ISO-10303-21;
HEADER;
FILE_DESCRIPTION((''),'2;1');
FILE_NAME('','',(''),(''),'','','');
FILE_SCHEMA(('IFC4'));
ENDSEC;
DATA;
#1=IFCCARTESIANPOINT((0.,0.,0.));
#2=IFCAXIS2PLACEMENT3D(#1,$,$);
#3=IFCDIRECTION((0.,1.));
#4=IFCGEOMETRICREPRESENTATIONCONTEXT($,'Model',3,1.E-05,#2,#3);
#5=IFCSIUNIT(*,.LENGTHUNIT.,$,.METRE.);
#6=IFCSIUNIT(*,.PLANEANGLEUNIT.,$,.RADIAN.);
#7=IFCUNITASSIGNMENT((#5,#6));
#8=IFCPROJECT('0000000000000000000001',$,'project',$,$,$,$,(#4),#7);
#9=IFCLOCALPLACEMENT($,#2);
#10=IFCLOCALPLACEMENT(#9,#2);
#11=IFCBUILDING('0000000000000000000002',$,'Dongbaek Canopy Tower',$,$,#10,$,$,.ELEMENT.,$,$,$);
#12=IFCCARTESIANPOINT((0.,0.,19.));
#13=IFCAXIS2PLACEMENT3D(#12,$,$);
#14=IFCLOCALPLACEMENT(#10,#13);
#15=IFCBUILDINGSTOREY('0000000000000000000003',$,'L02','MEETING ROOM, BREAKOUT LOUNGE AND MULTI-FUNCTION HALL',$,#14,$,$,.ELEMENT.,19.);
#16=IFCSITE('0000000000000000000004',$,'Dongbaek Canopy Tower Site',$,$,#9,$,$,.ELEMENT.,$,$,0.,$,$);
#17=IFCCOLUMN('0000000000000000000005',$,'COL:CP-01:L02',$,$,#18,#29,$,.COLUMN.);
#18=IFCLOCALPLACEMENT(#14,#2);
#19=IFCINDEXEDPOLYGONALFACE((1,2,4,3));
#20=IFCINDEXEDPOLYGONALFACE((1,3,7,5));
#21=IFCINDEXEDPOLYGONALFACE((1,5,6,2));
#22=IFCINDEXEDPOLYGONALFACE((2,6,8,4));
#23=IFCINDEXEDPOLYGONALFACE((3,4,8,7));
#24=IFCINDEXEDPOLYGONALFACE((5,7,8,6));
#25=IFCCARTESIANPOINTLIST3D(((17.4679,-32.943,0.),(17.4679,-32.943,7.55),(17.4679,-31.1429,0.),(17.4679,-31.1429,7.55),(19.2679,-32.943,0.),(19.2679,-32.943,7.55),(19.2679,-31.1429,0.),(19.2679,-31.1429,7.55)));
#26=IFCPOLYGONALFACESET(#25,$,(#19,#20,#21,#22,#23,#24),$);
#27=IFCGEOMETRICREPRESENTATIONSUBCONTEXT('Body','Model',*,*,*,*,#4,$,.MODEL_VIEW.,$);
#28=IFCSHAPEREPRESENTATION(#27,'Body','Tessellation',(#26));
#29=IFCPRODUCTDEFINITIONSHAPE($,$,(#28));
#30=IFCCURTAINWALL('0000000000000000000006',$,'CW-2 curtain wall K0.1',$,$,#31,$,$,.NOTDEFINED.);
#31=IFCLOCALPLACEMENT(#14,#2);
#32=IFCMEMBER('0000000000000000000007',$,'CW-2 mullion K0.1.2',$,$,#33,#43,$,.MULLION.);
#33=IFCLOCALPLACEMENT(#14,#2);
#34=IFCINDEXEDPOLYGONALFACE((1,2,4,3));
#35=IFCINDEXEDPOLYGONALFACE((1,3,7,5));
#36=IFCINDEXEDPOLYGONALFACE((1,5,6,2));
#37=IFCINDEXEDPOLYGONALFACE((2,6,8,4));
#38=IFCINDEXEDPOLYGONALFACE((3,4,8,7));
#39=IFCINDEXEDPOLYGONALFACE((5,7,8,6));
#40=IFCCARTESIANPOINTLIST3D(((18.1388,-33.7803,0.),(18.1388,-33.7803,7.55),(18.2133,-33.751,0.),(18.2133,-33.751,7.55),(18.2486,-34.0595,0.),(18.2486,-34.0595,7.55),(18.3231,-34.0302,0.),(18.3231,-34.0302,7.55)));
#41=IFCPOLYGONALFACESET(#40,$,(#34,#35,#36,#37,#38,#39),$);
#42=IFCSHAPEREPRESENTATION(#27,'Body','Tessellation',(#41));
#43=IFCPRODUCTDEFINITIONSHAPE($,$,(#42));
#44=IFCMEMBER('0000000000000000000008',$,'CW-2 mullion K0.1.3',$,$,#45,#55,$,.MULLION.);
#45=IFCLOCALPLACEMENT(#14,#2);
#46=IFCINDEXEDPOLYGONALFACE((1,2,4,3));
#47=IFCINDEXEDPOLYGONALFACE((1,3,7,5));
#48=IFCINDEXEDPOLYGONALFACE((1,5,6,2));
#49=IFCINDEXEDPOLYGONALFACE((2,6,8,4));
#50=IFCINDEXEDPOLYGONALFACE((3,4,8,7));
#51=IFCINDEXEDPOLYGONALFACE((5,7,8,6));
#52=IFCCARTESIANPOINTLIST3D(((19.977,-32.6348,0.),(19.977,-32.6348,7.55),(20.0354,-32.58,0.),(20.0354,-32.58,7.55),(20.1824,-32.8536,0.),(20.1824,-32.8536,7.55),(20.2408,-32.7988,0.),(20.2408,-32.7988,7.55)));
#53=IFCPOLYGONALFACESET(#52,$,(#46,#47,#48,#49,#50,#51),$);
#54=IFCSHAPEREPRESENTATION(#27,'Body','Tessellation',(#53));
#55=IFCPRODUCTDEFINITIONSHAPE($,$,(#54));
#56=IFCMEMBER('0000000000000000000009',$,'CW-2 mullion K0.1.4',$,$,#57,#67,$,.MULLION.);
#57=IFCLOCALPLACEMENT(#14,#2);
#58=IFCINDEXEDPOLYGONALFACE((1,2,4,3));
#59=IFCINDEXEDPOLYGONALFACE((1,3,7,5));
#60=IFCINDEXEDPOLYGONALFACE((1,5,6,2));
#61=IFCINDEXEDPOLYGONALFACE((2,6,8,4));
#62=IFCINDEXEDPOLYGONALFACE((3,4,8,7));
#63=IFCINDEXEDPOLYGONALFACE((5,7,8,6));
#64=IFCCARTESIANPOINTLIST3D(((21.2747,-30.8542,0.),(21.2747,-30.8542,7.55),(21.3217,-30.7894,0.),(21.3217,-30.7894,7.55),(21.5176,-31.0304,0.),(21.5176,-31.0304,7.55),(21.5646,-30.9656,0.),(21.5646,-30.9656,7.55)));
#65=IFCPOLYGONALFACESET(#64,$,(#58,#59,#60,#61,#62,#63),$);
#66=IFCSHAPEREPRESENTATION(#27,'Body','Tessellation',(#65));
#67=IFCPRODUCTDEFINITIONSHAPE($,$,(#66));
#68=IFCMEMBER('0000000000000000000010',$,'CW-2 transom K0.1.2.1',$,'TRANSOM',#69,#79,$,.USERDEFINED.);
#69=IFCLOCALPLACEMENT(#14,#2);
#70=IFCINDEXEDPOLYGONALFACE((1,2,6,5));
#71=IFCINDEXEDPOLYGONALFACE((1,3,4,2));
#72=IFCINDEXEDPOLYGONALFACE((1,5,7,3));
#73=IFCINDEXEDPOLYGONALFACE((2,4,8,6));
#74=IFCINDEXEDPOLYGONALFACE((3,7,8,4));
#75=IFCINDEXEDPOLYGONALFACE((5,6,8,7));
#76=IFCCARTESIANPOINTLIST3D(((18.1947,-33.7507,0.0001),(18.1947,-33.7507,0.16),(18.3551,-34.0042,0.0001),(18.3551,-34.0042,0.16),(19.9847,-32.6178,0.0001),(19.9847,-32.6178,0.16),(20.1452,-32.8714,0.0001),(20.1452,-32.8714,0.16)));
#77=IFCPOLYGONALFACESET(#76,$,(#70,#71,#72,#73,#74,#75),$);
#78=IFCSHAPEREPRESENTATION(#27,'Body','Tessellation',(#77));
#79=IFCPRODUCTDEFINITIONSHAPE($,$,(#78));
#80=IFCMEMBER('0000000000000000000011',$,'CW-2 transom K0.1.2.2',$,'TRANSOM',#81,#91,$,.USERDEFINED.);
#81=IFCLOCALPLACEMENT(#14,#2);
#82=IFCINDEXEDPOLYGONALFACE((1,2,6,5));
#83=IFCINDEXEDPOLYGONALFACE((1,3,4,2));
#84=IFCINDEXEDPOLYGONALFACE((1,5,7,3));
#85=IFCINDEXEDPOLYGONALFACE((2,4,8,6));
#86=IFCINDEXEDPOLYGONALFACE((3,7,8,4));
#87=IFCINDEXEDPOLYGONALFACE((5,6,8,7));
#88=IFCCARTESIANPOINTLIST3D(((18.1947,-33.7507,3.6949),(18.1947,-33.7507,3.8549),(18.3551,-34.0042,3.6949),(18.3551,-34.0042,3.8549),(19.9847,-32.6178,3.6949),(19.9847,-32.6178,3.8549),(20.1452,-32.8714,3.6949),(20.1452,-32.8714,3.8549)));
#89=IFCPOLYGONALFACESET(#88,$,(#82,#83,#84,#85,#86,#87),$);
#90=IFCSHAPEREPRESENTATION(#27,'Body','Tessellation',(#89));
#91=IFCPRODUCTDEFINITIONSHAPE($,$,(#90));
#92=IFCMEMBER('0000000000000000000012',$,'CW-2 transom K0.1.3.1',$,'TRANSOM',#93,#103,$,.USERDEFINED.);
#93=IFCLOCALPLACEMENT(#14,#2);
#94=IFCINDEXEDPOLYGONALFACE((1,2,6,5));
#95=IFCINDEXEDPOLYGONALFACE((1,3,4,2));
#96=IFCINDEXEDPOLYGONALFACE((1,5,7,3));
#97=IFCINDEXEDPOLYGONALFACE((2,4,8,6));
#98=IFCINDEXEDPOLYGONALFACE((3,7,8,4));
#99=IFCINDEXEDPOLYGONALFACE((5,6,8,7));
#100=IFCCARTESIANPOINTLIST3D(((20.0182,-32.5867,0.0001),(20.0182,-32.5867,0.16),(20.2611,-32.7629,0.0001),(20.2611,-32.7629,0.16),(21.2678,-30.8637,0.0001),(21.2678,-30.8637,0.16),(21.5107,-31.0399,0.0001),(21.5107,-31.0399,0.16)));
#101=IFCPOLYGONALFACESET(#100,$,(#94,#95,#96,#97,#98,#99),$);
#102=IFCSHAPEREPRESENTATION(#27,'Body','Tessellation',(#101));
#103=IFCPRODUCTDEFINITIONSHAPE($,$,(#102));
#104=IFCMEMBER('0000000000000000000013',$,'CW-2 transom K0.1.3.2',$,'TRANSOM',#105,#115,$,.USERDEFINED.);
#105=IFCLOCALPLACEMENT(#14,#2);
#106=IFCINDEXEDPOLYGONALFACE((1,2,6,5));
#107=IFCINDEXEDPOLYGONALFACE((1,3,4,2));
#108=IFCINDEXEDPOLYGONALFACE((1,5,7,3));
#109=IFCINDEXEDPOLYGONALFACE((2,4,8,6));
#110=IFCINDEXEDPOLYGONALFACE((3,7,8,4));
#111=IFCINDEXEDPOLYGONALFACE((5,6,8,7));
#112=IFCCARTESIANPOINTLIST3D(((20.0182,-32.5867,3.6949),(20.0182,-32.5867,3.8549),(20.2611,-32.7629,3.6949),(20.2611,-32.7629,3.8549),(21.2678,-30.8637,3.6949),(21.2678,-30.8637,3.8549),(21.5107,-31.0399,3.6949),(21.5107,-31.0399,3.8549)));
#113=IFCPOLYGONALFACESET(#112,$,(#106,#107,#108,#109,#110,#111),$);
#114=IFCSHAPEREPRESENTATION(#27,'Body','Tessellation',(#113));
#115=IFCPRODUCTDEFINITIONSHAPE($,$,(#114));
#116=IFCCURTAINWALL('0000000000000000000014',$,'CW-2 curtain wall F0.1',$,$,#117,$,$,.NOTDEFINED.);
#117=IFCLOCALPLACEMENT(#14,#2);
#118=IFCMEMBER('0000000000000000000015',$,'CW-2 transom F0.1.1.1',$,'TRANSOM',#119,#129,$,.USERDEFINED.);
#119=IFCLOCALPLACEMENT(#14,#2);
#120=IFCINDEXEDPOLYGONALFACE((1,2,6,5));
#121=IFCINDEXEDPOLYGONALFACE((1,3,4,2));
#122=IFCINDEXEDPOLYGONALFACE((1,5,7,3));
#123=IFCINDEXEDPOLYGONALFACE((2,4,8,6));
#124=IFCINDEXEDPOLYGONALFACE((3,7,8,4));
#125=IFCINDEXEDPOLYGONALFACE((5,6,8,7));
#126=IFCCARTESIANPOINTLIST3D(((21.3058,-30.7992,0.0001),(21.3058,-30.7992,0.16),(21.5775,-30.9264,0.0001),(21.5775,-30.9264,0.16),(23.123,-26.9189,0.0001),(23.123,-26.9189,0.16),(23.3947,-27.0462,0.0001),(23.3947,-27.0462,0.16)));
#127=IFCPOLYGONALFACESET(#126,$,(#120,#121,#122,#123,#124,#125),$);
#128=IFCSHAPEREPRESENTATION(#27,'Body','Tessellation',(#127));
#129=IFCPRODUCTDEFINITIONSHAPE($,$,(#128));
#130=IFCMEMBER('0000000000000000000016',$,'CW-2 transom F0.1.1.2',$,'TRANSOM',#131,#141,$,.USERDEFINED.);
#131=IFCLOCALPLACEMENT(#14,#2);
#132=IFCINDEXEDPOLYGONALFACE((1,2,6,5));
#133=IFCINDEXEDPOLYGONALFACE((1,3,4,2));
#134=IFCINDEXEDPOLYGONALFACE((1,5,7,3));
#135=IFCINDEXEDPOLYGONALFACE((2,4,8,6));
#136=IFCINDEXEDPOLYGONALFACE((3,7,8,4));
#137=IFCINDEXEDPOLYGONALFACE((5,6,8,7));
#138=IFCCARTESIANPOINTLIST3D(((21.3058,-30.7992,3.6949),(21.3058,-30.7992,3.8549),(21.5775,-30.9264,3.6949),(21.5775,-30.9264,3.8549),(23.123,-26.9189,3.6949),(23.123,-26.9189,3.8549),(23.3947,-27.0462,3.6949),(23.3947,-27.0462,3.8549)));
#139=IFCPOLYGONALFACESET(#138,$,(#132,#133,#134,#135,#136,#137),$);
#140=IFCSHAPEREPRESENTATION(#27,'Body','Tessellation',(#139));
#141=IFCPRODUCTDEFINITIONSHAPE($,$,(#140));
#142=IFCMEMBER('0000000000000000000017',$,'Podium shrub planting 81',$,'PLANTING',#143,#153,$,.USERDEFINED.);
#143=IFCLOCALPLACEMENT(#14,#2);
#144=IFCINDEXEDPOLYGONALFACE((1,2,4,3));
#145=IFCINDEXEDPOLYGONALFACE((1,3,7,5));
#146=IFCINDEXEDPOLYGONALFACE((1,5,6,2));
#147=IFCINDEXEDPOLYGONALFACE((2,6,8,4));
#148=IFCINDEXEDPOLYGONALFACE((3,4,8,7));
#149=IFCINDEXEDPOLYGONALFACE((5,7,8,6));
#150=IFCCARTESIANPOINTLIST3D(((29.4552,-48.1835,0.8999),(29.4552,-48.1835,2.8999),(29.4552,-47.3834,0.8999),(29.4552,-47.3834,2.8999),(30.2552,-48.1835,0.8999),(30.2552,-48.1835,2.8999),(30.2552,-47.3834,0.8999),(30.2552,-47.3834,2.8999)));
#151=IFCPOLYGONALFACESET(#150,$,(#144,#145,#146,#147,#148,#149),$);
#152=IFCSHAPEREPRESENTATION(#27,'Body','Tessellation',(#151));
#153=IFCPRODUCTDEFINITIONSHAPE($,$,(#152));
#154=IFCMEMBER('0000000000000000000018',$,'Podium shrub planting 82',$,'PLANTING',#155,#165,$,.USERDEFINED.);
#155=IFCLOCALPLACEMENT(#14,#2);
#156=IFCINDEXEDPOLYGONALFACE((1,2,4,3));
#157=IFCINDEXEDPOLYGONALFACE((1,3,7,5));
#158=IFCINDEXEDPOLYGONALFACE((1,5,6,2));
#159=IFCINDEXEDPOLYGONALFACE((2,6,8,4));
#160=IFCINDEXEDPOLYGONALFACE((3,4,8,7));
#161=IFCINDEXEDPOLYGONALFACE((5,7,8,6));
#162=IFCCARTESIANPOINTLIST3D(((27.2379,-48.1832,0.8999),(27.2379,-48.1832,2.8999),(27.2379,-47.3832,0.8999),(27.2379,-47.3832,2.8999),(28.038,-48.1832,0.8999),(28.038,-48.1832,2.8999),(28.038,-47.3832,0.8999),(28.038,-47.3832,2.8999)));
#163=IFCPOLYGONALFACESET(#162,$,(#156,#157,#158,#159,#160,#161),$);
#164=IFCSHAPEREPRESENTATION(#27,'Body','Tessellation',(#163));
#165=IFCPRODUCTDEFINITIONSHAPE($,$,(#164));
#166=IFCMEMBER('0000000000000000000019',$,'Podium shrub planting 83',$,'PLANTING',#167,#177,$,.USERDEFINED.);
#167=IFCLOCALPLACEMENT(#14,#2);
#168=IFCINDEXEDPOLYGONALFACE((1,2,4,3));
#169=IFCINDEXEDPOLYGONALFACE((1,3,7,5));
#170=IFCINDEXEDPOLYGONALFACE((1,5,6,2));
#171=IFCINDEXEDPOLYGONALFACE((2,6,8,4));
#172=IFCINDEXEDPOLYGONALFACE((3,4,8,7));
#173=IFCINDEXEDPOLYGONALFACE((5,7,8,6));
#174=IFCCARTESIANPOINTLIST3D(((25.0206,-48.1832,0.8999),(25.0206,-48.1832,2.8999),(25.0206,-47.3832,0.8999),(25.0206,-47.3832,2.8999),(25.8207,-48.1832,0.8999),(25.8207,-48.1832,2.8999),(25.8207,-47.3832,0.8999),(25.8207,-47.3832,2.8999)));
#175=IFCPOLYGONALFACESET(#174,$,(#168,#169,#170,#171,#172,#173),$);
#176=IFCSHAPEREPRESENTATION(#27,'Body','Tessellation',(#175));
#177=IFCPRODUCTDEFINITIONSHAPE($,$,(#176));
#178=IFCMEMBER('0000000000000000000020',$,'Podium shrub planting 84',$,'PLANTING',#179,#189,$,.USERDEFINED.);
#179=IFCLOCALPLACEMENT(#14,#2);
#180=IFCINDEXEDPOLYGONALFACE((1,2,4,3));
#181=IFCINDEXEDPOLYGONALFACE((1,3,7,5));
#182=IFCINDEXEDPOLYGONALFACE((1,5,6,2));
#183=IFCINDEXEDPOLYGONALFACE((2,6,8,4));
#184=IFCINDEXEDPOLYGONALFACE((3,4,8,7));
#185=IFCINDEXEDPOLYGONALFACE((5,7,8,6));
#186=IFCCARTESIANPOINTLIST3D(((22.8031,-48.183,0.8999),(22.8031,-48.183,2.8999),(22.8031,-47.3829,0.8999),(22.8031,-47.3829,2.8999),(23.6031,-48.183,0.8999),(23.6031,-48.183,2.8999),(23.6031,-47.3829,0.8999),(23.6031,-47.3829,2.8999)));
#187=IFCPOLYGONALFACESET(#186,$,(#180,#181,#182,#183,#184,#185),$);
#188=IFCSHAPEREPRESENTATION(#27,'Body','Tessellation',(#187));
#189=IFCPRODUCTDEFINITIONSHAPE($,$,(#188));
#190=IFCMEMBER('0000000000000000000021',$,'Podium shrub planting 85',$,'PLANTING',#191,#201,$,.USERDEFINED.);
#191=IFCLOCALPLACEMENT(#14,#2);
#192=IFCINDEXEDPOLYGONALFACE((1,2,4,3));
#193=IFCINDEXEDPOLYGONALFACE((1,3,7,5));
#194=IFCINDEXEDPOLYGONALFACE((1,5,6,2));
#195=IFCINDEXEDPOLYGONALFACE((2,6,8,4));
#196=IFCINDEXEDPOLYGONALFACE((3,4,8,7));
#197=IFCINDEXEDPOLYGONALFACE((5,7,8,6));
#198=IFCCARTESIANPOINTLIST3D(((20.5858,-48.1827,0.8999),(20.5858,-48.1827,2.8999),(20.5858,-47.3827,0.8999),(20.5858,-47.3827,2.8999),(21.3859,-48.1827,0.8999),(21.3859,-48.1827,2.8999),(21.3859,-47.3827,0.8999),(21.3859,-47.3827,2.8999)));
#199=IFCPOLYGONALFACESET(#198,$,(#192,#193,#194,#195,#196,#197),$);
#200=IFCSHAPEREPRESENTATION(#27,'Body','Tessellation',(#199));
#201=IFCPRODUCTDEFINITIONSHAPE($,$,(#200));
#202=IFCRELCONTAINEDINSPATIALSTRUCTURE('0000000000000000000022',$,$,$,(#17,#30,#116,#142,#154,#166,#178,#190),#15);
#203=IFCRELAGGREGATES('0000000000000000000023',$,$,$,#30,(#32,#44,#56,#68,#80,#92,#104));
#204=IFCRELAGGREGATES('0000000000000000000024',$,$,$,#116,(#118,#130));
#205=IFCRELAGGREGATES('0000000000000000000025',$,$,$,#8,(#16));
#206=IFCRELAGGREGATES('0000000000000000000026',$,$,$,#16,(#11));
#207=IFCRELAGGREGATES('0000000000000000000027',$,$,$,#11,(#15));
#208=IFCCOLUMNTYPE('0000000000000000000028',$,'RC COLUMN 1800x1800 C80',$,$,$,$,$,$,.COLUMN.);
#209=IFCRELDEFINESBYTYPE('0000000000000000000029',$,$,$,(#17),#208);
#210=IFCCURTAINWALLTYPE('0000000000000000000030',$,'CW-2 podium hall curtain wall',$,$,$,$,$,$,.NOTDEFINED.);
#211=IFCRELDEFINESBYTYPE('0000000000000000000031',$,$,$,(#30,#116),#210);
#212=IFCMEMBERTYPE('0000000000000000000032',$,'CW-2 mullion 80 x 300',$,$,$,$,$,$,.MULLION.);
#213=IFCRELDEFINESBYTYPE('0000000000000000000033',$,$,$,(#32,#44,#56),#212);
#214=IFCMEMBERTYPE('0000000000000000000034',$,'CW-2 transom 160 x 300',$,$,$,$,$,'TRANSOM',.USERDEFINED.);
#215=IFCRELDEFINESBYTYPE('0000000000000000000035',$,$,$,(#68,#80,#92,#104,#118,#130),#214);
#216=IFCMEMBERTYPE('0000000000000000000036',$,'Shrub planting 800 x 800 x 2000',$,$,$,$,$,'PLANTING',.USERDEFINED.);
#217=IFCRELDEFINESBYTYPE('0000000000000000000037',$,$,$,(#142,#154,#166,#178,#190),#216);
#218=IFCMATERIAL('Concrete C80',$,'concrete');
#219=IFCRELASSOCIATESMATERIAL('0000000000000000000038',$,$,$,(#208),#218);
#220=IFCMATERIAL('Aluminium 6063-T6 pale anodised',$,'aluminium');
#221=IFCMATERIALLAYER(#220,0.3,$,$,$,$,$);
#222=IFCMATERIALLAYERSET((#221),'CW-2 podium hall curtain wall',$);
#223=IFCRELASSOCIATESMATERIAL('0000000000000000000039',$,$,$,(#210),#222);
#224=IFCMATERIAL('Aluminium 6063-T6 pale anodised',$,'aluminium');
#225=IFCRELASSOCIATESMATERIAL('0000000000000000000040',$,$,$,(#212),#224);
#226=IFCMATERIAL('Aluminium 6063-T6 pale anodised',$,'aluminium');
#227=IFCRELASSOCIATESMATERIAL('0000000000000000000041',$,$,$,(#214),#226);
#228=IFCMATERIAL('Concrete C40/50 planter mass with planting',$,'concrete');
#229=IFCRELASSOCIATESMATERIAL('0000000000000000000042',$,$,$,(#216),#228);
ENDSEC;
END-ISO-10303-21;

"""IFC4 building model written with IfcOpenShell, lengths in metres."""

from ifc_helpers import new_model, si_unit, direction, frame, origin, origin_2d, place, context, subcontext, project, spatial, rectangle, extrude, material, layer, layer_set, material_profile, profile_set, type_object, element, aggregate, save


model = new_model("IFC4")

# Units and contexts
model_context = context("Model", 3, precision=1e-05, world=origin(), true_north=direction((0.0, 1.0)))
body_context = subcontext(model_context, "Body", "Model", "MODEL_VIEW")
ifc_project = project(units=[si_unit("LENGTHUNIT", "METRE"), si_unit("PLANEANGLEUNIT", "RADIAN")], contexts=[model_context])

# Site, building, storey
site_placement = place(None, origin())
site = spatial("IfcSite", under=ifc_project, at=site_placement, Name="Dongbaek Canopy Tower Site", CompositionType="ELEMENT", RefElevation=0.0)
building_placement = place(site_placement, origin())
building = spatial("IfcBuilding", under=site, at=building_placement, Name="Dongbaek Canopy Tower", CompositionType="ELEMENT")
storey_placement = place(building_placement, frame((0.0, 0.0, 19.0)))
storey = spatial("IfcBuildingStorey", under=building, at=storey_placement, Name="L02", Description="MEETING ROOM, BREAKOUT LOUNGE AND MULTI-FUNCTION HALL", CompositionType="ELEMENT", Elevation=19.0)

# Column
ifc_material_1 = material(Name="Concrete C80", Category="concrete")
ifc_material_profile_1 = material_profile(ifc_material_1, rectangle(XDim=1.8, YDim=1.8, at=origin_2d()), Name="RC COLUMN 1800x1800 C80")
ifc_profile_set_1 = profile_set([ifc_material_profile_1], Name="Concrete C80")
column_type = type_object("IfcColumnType", Name="RC COLUMN 1800x1800 C80", PredefinedType="COLUMN", material=ifc_profile_set_1)
column_placement = place(storey_placement, frame((18.3679, -32.043, 0.0), z_axis=(0.0, 0.0, 1.0), x_axis=(1.0, 0.0, 0.0)))
element("IfcColumn", 1, at=column_placement, inside=storey, type_object=column_type, Name="COL:CP-01:L02", PredefinedType="COLUMN", context=body_context, shape_type="SweptSolid", body=[
    extrude(rectangle(XDim=1.8, YDim=1.8, at=origin_2d()), origin(), (0.0, 0.0, 1.0), 7.55),
])

# Curtain walls, members
ifc_material_2 = material(Name="Aluminium 6063-T6 pale anodised", Category="aluminium")
ifc_layer_1 = layer(ifc_material_2, 0.3)
ifc_layer_set_1 = layer_set([ifc_layer_1], Name="CW-2 podium hall curtain wall")
curtain_wall_type = type_object("IfcCurtainWallType", Name="CW-2 podium hall curtain wall", PredefinedType="NOTDEFINED", material=ifc_layer_set_1)
curtain_wall_1_placement = place(storey_placement, origin())
curtain_wall_1 = element("IfcCurtainWall", 2, at=curtain_wall_1_placement, inside=storey, type_object=curtain_wall_type, Name="CW-2 curtain wall K0.1", PredefinedType="NOTDEFINED")
ifc_material_3 = material(Name="Aluminium 6063-T6 pale anodised", Category="aluminium")
ifc_material_profile_2 = material_profile(ifc_material_3, rectangle(XDim=0.3, YDim=0.0801, at=origin_2d()), Name="CW-2 mullion 80 x 300")
ifc_profile_set_2 = profile_set([ifc_material_profile_2], Name="Aluminium 6063-T6 pale anodised")
member_type_1 = type_object("IfcMemberType", Name="CW-2 mullion 80 x 300", PredefinedType="MULLION", material=ifc_profile_set_2)
member_1_placement = place(storey_placement, frame((18.231, -33.9053, 0.0), z_axis=(0.0, 0.0, 1.0), x_axis=(0.365922, -0.930645, 0.0)))
member_1 = element("IfcMember", 3, at=member_1_placement, type_object=member_type_1, Name="CW-2 mullion K0.1.2", PredefinedType="MULLION", context=body_context, shape_type="SweptSolid", body=[
    extrude(rectangle(XDim=0.3, YDim=0.0801, at=origin_2d()), origin(), (0.0, 0.0, 1.0), 7.55),
])
member_2_placement = place(storey_placement, frame((20.1089, -32.7168, 0.0), z_axis=(0.0, 0.0, 1.0), x_axis=(0.684351, -0.729153, 0.0)))
member_2 = element("IfcMember", 4, at=member_2_placement, type_object=member_type_1, Name="CW-2 mullion K0.1.3", PredefinedType="MULLION", context=body_context, shape_type="SweptSolid", body=[
    extrude(rectangle(XDim=0.3, YDim=0.0801, at=origin_2d()), origin(), (0.0, 0.0, 1.0), 7.55),
])
member_3_placement = place(storey_placement, frame((21.4197, -30.9099, 0.0), z_axis=(0.0, 0.0, 1.0), x_axis=(0.809475, -0.587154, 0.0)))
member_3 = element("IfcMember", 5, at=member_3_placement, type_object=member_type_1, Name="CW-2 mullion K0.1.4", PredefinedType="MULLION", context=body_context, shape_type="SweptSolid", body=[
    extrude(rectangle(XDim=0.3, YDim=0.0801, at=origin_2d()), origin(), (0.0, 0.0, 1.0), 7.55),
])
ifc_material_4 = material(Name="Aluminium 6063-T6 pale anodised", Category="aluminium")
ifc_material_profile_3 = material_profile(ifc_material_4, rectangle(XDim=0.3, YDim=0.1599, at=origin_2d()), Name="CW-2 transom 160 x 300")
ifc_profile_set_3 = profile_set([ifc_material_profile_3], Name="Aluminium 6063-T6 pale anodised")
member_type_2 = type_object("IfcMemberType", Name="CW-2 transom 160 x 300", ElementType="TRANSOM", PredefinedType="USERDEFINED", material=ifc_profile_set_3)
member_4_placement = place(storey_placement, frame((18.2749, -33.8774, 0.0801), z_axis=(0.845007, 0.534756, 0.0), x_axis=(-0.534756, 0.845007, 0.0)))
member_4 = element("IfcMember", 6, at=member_4_placement, type_object=member_type_2, Name="CW-2 transom K0.1.2.1", ObjectType="TRANSOM", PredefinedType="USERDEFINED", context=body_context, shape_type="SweptSolid", body=[
    extrude(rectangle(XDim=0.3, YDim=0.1599, at=origin_2d()), origin(), (0.0, 0.0, 1.0), 2.1184),
])
member_5_placement = place(storey_placement, frame((18.2749, -33.8774, 3.7749), z_axis=(0.845007, 0.534756, 0.0), x_axis=(-0.534756, 0.845007, 0.0)))
member_5 = element("IfcMember", 7, at=member_5_placement, type_object=member_type_2, Name="CW-2 transom K0.1.2.2", ObjectType="TRANSOM", PredefinedType="USERDEFINED", context=body_context, shape_type="SweptSolid", body=[
    extrude(rectangle(XDim=0.3, YDim=0.1599, at=origin_2d()), origin(), (0.0, 0.0, 1.0), 2.1184),
])
member_6_placement = place(storey_placement, frame((20.1396, -32.6748, 0.0801), z_axis=(0.587094, 0.809519, 0.0), x_axis=(-0.809519, 0.587094, 0.0)))
member_6 = element("IfcMember", 8, at=member_6_placement, type_object=member_type_2, Name="CW-2 transom K0.1.3.1", ObjectType="TRANSOM", PredefinedType="USERDEFINED", context=body_context, shape_type="SweptSolid", body=[
    extrude(rectangle(XDim=0.3, YDim=0.1599, at=origin_2d()), origin(), (0.0, 0.0, 1.0), 2.1284),
])
member_7_placement = place(storey_placement, frame((20.1396, -32.6748, 3.7749), z_axis=(0.587094, 0.809519, 0.0), x_axis=(-0.809519, 0.587094, 0.0)))
member_7 = element("IfcMember", 9, at=member_7_placement, type_object=member_type_2, Name="CW-2 transom K0.1.3.2", ObjectType="TRANSOM", PredefinedType="USERDEFINED", context=body_context, shape_type="SweptSolid", body=[
    extrude(rectangle(XDim=0.3, YDim=0.1599, at=origin_2d()), origin(), (0.0, 0.0, 1.0), 2.1284),
])
curtain_wall_2_placement = place(storey_placement, origin())
curtain_wall_2 = element("IfcCurtainWall", 10, at=curtain_wall_2_placement, inside=storey, type_object=curtain_wall_type, Name="CW-2 curtain wall F0.1", PredefinedType="NOTDEFINED")
member_8_placement = place(storey_placement, frame((21.4417, -30.8628, 0.0801), z_axis=(0.424114, 0.905609, 0.0), x_axis=(-0.905609, 0.424114, 0.0)))
member_8 = element("IfcMember", 11, at=member_8_placement, type_object=member_type_2, Name="CW-2 transom F0.1.1.1", ObjectType="TRANSOM", PredefinedType="USERDEFINED", context=body_context, shape_type="SweptSolid", body=[
    extrude(rectangle(XDim=0.3, YDim=0.1599, at=origin_2d()), origin(), (0.0, 0.0, 1.0), 4.2847),
])
member_9_placement = place(storey_placement, frame((21.4417, -30.8628, 3.7749), z_axis=(0.424114, 0.905609, 0.0), x_axis=(-0.905609, 0.424114, 0.0)))
member_9 = element("IfcMember", 12, at=member_9_placement, type_object=member_type_2, Name="CW-2 transom F0.1.1.2", ObjectType="TRANSOM", PredefinedType="USERDEFINED", context=body_context, shape_type="SweptSolid", body=[
    extrude(rectangle(XDim=0.3, YDim=0.1599, at=origin_2d()), origin(), (0.0, 0.0, 1.0), 4.2847),
])

# Members
ifc_material_5 = material(Name="Concrete C40/50 planter mass with planting", Category="concrete")
ifc_material_profile_4 = material_profile(ifc_material_5, rectangle(XDim=0.8, YDim=0.8, at=origin_2d()), Name="Shrub planting 800 x 800 x 2000")
ifc_profile_set_4 = profile_set([ifc_material_profile_4], Name="Concrete C40/50 planter mass with planting")
member_type_3 = type_object("IfcMemberType", Name="Shrub planting 800 x 800 x 2000", ElementType="PLANTING", PredefinedType="USERDEFINED", material=ifc_profile_set_4)
for number, where, z_axis, x_axis, name in (
    (13, (29.8552, -47.7834, 0.8999), (0.0, 0.0, 1.0), (1.0, 0.0, 0.0), "Podium shrub planting 81"),
    (14, (27.6379, -47.7832, 0.8999), (0.0, 0.0, 1.0), (1.0, 0.0, 0.0), "Podium shrub planting 82"),
    (15, (25.4207, -47.7832, 0.8999), (0.0, 0.0, 1.0), (1.0, 0.0, 0.0), "Podium shrub planting 83"),
    (16, (23.2031, -47.783, 0.8999), (0.0, 0.0, 1.0), (1.0, 0.0, 0.0), "Podium shrub planting 84"),
    (17, (20.9858, -47.7827, 0.8999), (0.0, 0.0, 1.0), (1.0, 0.0, 0.0), "Podium shrub planting 85"),
):
    element("IfcMember", number, at=place(storey_placement, frame(where, z_axis=z_axis, x_axis=x_axis)), inside=storey, type_object=member_type_3, Name=name, ObjectType="PLANTING", PredefinedType="USERDEFINED", context=body_context, shape_type="SweptSolid", body=[
        extrude(rectangle(XDim=0.8, YDim=0.8, at=origin_2d()), origin(), (0.0, 0.0, 1.0), 2.0),
    ])

aggregate(curtain_wall_1, [member_1, member_2, member_3, member_4, member_5, member_6, member_7])
aggregate(curtain_wall_2, [member_8, member_9])

save(model, "model.ifc")
